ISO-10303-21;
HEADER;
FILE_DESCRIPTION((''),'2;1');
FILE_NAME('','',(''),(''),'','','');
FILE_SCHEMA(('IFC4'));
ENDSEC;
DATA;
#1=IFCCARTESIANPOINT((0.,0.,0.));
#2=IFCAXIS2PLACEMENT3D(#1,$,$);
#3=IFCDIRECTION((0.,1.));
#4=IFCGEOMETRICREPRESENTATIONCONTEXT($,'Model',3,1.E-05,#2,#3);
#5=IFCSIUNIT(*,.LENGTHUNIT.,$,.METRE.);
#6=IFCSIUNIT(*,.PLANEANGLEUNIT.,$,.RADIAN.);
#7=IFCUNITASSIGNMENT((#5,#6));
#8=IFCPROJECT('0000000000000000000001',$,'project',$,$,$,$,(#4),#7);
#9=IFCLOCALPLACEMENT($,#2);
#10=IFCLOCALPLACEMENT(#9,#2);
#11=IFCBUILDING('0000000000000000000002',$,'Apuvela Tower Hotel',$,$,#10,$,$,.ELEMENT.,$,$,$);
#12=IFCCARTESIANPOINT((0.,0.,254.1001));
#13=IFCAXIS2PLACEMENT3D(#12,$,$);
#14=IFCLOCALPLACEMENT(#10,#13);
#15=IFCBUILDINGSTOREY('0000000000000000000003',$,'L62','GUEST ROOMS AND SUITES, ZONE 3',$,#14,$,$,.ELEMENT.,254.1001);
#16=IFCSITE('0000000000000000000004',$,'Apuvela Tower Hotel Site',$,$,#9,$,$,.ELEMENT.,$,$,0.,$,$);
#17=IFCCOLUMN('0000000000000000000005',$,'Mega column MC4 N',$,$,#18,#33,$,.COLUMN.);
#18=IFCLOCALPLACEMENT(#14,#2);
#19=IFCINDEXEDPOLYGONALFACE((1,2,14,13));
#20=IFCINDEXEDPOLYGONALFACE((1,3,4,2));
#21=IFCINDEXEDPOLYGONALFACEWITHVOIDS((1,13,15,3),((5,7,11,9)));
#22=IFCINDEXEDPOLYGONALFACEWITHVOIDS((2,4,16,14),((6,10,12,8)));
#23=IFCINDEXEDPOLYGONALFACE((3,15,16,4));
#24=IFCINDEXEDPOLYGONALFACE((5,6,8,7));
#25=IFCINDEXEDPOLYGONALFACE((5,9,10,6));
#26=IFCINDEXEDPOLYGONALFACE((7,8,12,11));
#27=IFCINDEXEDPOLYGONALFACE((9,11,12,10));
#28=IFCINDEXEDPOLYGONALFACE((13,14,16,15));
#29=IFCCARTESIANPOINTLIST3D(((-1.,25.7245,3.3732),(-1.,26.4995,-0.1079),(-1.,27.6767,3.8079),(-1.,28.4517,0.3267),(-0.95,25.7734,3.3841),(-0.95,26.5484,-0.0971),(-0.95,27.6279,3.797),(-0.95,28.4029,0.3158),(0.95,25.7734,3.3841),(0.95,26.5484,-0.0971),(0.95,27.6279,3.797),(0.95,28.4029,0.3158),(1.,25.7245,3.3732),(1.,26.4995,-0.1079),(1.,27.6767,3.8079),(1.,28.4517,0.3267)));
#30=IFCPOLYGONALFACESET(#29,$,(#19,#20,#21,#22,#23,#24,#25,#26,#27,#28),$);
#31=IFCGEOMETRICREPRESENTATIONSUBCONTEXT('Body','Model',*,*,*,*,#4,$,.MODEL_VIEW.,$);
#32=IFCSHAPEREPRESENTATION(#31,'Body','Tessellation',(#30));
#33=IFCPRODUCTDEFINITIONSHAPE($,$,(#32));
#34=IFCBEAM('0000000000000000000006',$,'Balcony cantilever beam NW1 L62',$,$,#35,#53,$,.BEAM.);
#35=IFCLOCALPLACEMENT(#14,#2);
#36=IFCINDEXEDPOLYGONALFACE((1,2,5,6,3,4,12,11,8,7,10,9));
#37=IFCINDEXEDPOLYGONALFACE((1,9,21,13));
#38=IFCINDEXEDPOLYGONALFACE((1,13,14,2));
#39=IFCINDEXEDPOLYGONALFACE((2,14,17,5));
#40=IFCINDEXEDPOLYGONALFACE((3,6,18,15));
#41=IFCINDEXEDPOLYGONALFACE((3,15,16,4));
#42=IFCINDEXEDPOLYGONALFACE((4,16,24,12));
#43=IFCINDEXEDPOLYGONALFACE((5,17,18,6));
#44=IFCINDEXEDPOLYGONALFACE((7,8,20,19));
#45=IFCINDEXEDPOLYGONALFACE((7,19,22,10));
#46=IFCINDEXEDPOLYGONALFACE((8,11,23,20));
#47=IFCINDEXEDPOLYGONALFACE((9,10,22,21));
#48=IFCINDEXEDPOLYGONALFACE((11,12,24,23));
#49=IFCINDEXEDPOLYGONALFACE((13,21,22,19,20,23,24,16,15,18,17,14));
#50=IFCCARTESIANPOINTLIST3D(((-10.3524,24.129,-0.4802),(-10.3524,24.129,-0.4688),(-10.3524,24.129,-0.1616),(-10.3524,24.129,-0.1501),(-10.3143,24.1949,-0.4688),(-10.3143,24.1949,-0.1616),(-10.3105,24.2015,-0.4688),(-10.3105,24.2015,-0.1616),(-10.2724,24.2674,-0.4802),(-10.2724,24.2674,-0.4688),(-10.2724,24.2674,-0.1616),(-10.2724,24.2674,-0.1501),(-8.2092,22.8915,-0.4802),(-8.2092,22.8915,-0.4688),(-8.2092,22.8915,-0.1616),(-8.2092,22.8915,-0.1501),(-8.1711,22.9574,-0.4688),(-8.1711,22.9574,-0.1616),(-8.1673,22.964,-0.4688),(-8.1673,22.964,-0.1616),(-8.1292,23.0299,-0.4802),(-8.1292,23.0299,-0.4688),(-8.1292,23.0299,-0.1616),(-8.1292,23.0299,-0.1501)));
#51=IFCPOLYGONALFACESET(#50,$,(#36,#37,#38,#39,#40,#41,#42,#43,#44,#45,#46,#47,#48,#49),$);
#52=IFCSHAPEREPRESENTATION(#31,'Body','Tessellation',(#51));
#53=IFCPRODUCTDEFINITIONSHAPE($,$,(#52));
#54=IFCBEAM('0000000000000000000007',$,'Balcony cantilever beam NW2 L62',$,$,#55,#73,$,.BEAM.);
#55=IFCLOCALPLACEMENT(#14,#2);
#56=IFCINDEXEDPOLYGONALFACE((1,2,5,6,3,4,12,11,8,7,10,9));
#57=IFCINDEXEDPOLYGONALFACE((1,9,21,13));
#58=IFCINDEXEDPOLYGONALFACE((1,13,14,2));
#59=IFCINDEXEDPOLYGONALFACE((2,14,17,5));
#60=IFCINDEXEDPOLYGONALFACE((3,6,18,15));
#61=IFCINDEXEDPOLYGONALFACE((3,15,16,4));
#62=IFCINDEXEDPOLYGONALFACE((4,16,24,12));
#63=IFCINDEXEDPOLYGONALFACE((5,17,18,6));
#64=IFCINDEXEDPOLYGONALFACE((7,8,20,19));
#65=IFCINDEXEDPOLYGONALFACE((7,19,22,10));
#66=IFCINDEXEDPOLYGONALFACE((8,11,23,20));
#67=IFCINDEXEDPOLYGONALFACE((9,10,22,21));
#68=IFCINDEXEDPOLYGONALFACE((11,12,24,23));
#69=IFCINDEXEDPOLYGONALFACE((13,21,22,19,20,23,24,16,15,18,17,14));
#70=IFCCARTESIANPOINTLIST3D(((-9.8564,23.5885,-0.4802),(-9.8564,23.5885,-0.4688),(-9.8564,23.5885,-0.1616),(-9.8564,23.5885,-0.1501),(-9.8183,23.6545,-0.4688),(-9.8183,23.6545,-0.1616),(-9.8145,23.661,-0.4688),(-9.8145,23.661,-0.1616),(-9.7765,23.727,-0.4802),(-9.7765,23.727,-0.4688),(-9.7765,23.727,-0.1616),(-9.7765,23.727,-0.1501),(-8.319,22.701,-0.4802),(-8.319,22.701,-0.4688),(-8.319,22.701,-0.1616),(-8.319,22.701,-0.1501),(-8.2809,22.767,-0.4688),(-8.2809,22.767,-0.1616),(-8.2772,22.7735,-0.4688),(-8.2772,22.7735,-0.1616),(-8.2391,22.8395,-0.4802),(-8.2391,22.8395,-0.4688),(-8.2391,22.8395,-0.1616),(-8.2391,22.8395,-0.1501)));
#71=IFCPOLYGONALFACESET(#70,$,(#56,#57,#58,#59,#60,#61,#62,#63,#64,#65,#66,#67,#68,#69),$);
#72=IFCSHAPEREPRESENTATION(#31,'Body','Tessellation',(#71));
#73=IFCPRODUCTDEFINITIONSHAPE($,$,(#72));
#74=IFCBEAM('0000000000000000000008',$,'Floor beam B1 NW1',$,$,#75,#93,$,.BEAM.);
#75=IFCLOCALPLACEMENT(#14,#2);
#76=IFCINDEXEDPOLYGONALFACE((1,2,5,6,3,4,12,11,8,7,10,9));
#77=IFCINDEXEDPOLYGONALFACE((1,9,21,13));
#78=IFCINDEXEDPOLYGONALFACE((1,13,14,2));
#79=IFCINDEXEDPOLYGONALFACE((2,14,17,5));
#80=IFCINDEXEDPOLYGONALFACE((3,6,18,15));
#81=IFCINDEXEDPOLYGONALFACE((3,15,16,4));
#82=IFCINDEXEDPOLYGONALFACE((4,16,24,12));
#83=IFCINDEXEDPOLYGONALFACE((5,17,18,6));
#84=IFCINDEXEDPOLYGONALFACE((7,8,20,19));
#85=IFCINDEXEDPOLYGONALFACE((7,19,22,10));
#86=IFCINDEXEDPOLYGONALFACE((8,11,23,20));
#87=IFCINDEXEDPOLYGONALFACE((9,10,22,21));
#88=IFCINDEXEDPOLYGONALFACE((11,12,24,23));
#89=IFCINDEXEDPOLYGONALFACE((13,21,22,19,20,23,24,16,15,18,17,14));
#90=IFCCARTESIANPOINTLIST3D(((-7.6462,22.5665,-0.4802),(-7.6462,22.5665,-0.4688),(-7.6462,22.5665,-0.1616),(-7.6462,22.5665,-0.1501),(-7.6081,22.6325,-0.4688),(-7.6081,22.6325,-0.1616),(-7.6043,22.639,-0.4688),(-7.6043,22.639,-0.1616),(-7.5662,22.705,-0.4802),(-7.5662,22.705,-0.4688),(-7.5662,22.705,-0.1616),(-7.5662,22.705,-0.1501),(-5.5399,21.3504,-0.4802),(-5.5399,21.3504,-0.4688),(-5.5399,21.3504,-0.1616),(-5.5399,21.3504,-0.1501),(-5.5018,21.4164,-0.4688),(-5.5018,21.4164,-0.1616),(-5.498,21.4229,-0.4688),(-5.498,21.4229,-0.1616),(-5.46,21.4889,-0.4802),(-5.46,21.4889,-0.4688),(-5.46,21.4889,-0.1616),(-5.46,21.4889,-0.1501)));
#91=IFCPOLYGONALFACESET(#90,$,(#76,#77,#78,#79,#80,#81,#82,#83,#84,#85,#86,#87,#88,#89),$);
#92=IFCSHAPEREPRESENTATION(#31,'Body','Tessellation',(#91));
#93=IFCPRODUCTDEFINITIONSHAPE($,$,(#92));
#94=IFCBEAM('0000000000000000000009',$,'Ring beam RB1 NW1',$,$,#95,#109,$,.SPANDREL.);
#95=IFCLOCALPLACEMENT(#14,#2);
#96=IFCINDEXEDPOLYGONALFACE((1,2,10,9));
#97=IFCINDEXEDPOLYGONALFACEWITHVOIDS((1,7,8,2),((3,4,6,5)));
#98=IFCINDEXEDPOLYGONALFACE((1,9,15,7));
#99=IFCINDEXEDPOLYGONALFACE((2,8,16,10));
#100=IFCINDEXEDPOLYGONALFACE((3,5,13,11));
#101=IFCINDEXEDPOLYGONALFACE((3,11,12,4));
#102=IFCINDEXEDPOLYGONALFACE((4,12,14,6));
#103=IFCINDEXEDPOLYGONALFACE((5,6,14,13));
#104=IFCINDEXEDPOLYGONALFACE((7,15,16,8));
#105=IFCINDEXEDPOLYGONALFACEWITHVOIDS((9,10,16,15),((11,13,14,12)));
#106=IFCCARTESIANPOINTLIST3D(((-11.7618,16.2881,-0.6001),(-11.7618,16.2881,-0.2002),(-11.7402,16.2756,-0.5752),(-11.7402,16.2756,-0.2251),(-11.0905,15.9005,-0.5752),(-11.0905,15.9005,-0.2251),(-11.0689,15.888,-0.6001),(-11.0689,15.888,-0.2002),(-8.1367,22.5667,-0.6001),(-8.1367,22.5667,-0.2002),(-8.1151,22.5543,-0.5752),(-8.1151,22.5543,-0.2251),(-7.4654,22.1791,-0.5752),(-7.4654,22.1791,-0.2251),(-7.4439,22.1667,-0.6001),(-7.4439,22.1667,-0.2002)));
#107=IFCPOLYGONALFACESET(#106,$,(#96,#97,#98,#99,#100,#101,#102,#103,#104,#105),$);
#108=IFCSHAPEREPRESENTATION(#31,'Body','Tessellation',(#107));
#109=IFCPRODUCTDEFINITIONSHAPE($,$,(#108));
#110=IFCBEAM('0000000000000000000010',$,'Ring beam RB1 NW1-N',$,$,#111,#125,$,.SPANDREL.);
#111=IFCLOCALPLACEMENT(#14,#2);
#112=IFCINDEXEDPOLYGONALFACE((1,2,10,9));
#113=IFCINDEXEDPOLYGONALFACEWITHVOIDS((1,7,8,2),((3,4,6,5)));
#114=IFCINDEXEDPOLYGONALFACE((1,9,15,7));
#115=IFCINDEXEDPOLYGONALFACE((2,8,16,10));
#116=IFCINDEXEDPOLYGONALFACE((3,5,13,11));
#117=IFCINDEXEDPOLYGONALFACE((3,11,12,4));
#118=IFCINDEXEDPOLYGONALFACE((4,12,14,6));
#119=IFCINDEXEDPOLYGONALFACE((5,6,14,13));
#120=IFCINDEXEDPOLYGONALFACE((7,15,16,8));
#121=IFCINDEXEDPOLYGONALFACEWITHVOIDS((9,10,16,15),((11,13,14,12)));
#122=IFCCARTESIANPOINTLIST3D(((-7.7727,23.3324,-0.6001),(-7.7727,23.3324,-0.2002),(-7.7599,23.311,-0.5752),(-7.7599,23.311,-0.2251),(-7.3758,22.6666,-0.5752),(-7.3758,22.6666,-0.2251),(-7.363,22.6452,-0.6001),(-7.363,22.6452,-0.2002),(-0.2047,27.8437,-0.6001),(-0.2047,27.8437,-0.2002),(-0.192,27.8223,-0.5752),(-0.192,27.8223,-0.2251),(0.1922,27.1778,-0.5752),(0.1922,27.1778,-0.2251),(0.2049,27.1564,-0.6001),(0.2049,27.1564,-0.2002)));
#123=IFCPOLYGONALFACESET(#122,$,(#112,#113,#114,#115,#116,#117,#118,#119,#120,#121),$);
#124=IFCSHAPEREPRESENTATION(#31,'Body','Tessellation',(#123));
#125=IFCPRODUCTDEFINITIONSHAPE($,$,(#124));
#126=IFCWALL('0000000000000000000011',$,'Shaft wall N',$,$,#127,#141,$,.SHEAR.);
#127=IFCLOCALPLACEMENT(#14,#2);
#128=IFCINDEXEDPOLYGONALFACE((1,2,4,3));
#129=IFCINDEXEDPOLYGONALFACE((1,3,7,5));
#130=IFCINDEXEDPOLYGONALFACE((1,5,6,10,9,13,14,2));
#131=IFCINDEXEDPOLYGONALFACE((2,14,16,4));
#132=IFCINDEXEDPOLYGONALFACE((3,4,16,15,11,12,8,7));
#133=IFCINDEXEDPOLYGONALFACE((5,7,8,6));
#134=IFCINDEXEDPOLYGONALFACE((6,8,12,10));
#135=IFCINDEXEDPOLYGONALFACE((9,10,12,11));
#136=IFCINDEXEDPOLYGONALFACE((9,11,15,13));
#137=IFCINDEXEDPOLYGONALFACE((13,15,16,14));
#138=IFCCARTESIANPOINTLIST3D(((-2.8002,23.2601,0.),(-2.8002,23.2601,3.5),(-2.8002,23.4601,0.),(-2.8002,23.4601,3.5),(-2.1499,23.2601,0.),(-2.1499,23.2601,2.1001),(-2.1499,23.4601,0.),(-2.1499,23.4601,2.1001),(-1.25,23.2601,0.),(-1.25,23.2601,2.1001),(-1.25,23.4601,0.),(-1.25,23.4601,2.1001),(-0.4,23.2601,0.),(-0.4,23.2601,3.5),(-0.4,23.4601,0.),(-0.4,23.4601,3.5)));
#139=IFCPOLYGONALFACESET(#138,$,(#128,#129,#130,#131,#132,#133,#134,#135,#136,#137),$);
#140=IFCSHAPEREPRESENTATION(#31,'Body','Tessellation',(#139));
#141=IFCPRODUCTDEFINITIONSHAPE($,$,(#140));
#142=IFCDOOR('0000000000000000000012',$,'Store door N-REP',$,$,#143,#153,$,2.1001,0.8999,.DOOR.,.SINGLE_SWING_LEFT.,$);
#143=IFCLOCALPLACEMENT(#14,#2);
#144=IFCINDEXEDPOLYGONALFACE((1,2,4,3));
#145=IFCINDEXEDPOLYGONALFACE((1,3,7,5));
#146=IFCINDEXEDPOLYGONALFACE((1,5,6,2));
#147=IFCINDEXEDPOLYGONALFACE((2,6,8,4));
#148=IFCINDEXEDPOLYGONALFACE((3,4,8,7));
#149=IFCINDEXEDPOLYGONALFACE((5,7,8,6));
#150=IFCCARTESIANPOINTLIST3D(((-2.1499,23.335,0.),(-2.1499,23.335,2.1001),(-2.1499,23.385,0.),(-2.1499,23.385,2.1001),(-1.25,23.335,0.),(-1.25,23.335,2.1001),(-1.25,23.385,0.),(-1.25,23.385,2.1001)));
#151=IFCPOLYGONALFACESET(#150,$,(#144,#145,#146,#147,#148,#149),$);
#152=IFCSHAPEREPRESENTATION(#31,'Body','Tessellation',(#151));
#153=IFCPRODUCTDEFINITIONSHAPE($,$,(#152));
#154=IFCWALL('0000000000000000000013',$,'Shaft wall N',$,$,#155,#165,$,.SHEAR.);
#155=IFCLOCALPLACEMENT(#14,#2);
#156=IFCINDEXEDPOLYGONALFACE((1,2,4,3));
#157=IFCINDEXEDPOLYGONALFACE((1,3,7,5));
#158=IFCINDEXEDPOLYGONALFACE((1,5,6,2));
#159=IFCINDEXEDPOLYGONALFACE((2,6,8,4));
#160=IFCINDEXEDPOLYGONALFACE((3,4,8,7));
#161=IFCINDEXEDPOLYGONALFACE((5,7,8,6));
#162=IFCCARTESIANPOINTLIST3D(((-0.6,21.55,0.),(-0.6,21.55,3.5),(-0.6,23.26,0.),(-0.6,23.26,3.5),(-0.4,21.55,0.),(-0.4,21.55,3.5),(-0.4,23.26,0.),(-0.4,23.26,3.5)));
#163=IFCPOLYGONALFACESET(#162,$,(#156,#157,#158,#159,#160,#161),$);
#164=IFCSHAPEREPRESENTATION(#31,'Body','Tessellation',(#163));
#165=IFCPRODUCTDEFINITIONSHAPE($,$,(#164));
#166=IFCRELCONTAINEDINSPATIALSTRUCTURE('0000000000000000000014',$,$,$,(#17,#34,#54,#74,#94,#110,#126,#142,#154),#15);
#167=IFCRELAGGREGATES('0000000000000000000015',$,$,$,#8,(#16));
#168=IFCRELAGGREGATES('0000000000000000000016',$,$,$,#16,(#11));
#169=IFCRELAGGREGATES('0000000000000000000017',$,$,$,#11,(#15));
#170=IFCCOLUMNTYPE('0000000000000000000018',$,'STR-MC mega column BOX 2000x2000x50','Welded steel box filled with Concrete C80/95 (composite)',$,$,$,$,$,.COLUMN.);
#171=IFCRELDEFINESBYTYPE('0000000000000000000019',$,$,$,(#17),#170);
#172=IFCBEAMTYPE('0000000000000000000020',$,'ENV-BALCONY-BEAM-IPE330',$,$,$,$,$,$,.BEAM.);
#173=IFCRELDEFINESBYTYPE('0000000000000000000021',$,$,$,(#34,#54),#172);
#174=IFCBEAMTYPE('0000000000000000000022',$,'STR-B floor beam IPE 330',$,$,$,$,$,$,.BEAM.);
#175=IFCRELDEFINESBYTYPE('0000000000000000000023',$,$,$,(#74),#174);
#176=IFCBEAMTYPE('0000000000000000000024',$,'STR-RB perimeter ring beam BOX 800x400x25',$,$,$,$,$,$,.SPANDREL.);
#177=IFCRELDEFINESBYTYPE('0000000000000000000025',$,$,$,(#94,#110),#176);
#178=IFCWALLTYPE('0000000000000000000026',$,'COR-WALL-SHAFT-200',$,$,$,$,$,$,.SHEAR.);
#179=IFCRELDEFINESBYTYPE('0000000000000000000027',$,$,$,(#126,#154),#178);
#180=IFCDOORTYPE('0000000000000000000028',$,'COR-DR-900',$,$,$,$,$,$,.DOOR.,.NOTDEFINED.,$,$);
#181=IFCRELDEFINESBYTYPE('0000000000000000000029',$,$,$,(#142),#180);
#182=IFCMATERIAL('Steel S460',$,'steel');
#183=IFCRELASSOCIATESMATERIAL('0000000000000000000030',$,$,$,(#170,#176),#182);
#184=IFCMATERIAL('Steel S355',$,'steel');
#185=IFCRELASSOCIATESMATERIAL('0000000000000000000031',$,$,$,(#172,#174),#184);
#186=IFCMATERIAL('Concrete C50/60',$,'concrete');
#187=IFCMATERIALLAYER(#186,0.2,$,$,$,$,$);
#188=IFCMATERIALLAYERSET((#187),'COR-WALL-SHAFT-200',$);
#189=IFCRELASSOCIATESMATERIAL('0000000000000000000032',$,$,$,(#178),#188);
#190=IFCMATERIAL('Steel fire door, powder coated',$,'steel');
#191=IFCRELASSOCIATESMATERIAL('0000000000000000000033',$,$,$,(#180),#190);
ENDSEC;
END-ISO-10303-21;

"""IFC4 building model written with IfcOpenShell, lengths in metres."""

from ifc_helpers import new_model, si_unit, direction, frame, frame_2d, origin, origin_2d, place, context, subcontext, project, spatial, rectangle, hollow_rectangle, i_section, extrude, boolean, halfspace, material, layer, layer_set, material_profile, profile_set, type_object, element, fill, save


model = new_model("IFC4")

# Units and contexts
model_context = context("Model", 3, precision=1e-05, world=origin(), true_north=direction((0.0, 1.0)))
body_context = subcontext(model_context, "Body", "Model", "MODEL_VIEW")
ifc_project = project(units=[si_unit("LENGTHUNIT", "METRE"), si_unit("PLANEANGLEUNIT", "RADIAN")], contexts=[model_context])

# Site, building, storey
site_placement = place(None, origin())
site = spatial("IfcSite", under=ifc_project, at=site_placement, Name="Apuvela Tower Hotel Site", CompositionType="ELEMENT", RefElevation=0.0)
building_placement = place(site_placement, origin())
building = spatial("IfcBuilding", under=site, at=building_placement, Name="Apuvela Tower Hotel", CompositionType="ELEMENT")
storey_placement = place(building_placement, frame((0.0, 0.0, 254.1001)))
storey = spatial("IfcBuildingStorey", under=building, at=storey_placement, Name="L62", Description="GUEST ROOMS AND SUITES, ZONE 3", CompositionType="ELEMENT", Elevation=254.1001)

# Column
ifc_material_1 = material(Name="Steel S460", Category="steel")
ifc_material_profile_1 = material_profile(ifc_material_1, hollow_rectangle(XDim=2.0, YDim=2.0, WallThickness=0.05, at=origin_2d()), Name="BOX 2000x2000x50")
ifc_material_2 = material(Name="Concrete C80/95", Category="concrete")
ifc_material_profile_2 = material_profile(ifc_material_2, rectangle(XDim=1.8999, YDim=1.8999, at=origin_2d()), Name="Concrete C80/95 infill")
ifc_profile_set_1 = profile_set([ifc_material_profile_1, ifc_material_profile_2], Name="Steel S460")
column_type_1 = type_object("IfcColumnType", Name="STR-MC mega column BOX 2000x2000x50", Description="Welded steel box filled with Concrete C80/95 (composite)", PredefinedType="COLUMN", material=ifc_profile_set_1)
column_1_placement = place(storey_placement, frame((0.0, 27.5, 0.0), z_axis=(0.0, -0.217312, 0.976102), x_axis=(1.0, 0.0, 0.0)))
element("IfcColumn", 1, at=column_1_placement, inside=storey, type_object=column_type_1, Name="Mega column MC4 N", PredefinedType="COLUMN", context=body_context, shape_type="SweptSolid", body=[
    boolean("DIFFERENCE", boolean("DIFFERENCE", extrude(hollow_rectangle(XDim=2.0, YDim=2.0, WallThickness=0.05, at=origin_2d()), origin(), (0.0, 0.0, 1.0), 3.7905), halfspace(frame((0.0, 0.0, 0.1121), z_axis=(0.0, 0.0, 1.0), x_axis=(1.0, 0.0, 0.0)), True)), halfspace(frame((0.0, 0.0, 3.6785), z_axis=(0.0, 0.0, 1.0), x_axis=(1.0, 0.0, 0.0)), False)),
])

# Beams
ifc_material_3 = material(Name="Steel S355", Category="steel")
ifc_material_profile_3 = material_profile(ifc_material_3, i_section(OverallWidth=0.1599, OverallDepth=0.3301, WebThickness=0.0076, FlangeThickness=0.0115, at=origin_2d()), Name="IPE 330")
ifc_profile_set_2 = profile_set([ifc_material_profile_3], Name="Steel S355")
beam_type_1 = type_object("IfcBeamType", Name="ENV-BALCONY-BEAM-IPE330", PredefinedType="BEAM", material=ifc_profile_set_2)
beam_1_placement = place(storey_placement, frame((-8.1692, 22.9607, -0.3152), z_axis=(-0.866007, 0.500033, 0.0), x_axis=(-0.500033, -0.866007, 0.0)))
element("IfcBeam", 2, at=beam_1_placement, inside=storey, type_object=beam_type_1, Name="Balcony cantilever beam NW1 L62", PredefinedType="BEAM", context=body_context, shape_type="SweptSolid", body=[
    extrude(i_section(OverallWidth=0.1599, OverallDepth=0.3301, WebThickness=0.0076, FlangeThickness=0.0115, at=origin_2d()), origin(), (0.0, 0.0, 1.0), 2.4749),
])
beam_2_placement = place(storey_placement, frame((-8.2791, 22.7703, -0.3152), z_axis=(-0.86606, 0.499941, 0.0), x_axis=(-0.499941, -0.86606, 0.0)))
element("IfcBeam", 3, at=beam_2_placement, inside=storey, type_object=beam_type_1, Name="Balcony cantilever beam NW2 L62", PredefinedType="BEAM", context=body_context, shape_type="SweptSolid", body=[
    extrude(i_section(OverallWidth=0.1599, OverallDepth=0.3301, WebThickness=0.0076, FlangeThickness=0.0115, at=origin_2d()), origin(), (0.0, 0.0, 1.0), 1.7751),
])
ifc_material_profile_4 = material_profile(ifc_material_3, i_section(OverallWidth=0.1599, OverallDepth=0.3301, WebThickness=0.0076, FlangeThickness=0.0115, at=origin_2d()), Name="IPE 330")
ifc_profile_set_3 = profile_set([ifc_material_profile_4], Name="Steel S355")
beam_type_2 = type_object("IfcBeamType", Name="STR-B floor beam IPE 330", PredefinedType="BEAM", material=ifc_profile_set_3)
beam_3_placement = place(storey_placement, frame((-7.6062, 22.6357, -0.3152), z_axis=(0.866017, -0.500015, 0.0), x_axis=(0.500015, 0.866017, 0.0)))
element("IfcBeam", 4, at=beam_3_placement, inside=storey, type_object=beam_type_2, Name="Floor beam B1 NW1", PredefinedType="BEAM", context=body_context, shape_type="SweptSolid", body=[
    extrude(i_section(OverallWidth=0.1599, OverallDepth=0.3301, WebThickness=0.0076, FlangeThickness=0.0115, at=origin_2d()), origin(), (0.0, 0.0, 1.0), 2.4321),
])
ifc_material_profile_5 = material_profile(ifc_material_1, hollow_rectangle(XDim=0.8, YDim=0.3999, WallThickness=0.0249, at=origin_2d()), Name="BOX 800x400x25")
ifc_profile_set_4 = profile_set([ifc_material_profile_5], Name="Steel S460")
beam_type_3 = type_object("IfcBeamType", Name="STR-RB perimeter ring beam BOX 800x400x25", PredefinedType="SPANDREL", material=ifc_profile_set_4)
beam_4_placement = place(storey_placement, frame((-7.7903, 22.3667, -0.4001), z_axis=(-0.500007, -0.866021, 0.0), x_axis=(0.866021, -0.500007, 0.0)))
element("IfcBeam", 5, at=beam_4_placement, inside=storey, type_object=beam_type_3, Name="Ring beam RB1 NW1", PredefinedType="SPANDREL", context=body_context, shape_type="SweptSolid", body=[
    extrude(hollow_rectangle(XDim=0.8, YDim=0.3999, WallThickness=0.0249, at=origin_2d()), origin(), (0.0, 0.0, 1.0), 7.25),
])
beam_5_placement = place(storey_placement, frame((-7.5679, 22.9888, -0.4001), z_axis=(0.858966, 0.512032, 0.0), x_axis=(-0.512032, 0.858966, 0.0)))
element("IfcBeam", 6, at=beam_5_placement, inside=storey, type_object=beam_type_3, Name="Ring beam RB1 NW1-N", PredefinedType="SPANDREL", context=body_context, shape_type="SweptSolid", body=[
    extrude(hollow_rectangle(XDim=0.8, YDim=0.3999, WallThickness=0.0249, at=origin_2d()), origin(), (0.0, 0.0, 1.0), 8.8105),
])

# Wall, opening, door
ifc_material_4 = material(Name="Concrete C50/60", Category="concrete")
ifc_layer_1 = layer(ifc_material_4, 0.2)
ifc_layer_set_1 = layer_set([ifc_layer_1], Name="COR-WALL-SHAFT-200")
wall_type_1 = type_object("IfcWallType", Name="COR-WALL-SHAFT-200", PredefinedType="SHEAR", material=ifc_layer_set_1)
wall_1_placement = place(storey_placement, frame((-0.3999, 23.3601, 0.0), z_axis=(0.0, 0.0, 1.0), x_axis=(-1.0, 0.0, 0.0)))
wall_1 = element("IfcWall", 7, at=wall_1_placement, inside=storey, type_object=wall_type_1, Name="Shaft wall N", PredefinedType="SHEAR", context=body_context, shape_type="SweptSolid", body=[
    extrude(rectangle(XDim=2.4001, YDim=0.2, at=frame_2d((1.2002, 0.0))), origin(), (0.0, 0.0, 1.0), 3.5),
])
opening_1_placement = place(wall_1_placement, frame((0.8501, 0.0, 0.0)))
opening_1 = element("IfcOpeningElement", 8, at=opening_1_placement, cuts=wall_1, PredefinedType="OPENING", context=body_context, shape_type="SweptSolid", body=[
    extrude(rectangle(XDim=0.8999, YDim=2.1001, at=frame_2d((0.45, 1.05))), frame((0.0, 0.1099, 0.0), z_axis=(0.0, -1.0, 0.0), x_axis=(1.0, 0.0, 0.0)), (0.0, 0.0, 1.0), 0.22),
])
ifc_material_5 = material(Name="Steel fire door, powder coated", Category="steel")
door_type_1 = type_object("IfcDoorType", Name="COR-DR-900", OperationType="NOTDEFINED", PredefinedType="DOOR", material=ifc_material_5)
door_1_placement = place(opening_1_placement, frame((0.8999, 0.0, 0.0), z_axis=(0.0, 0.0, 1.0), x_axis=(-1.0, 0.0, 0.0)))
door_1 = element("IfcDoor", 9, at=door_1_placement, inside=storey, type_object=door_type_1, Name="Store door N-REP", OperationType="SINGLE_SWING_LEFT", OverallHeight=2.1001, OverallWidth=0.8999, PredefinedType="DOOR", context=body_context, shape_type="SweptSolid", body=[
    extrude(rectangle(XDim=0.8999, YDim=2.1001, at=frame_2d((0.45, 1.05))), frame((0.0, 0.0249, 0.0), z_axis=(0.0, -1.0, 0.0), x_axis=(1.0, 0.0, 0.0)), (0.0, 0.0, 1.0), 0.05),
])
fill(opening_1, door_1)

# Wall
wall_2_placement = place(storey_placement, frame((-0.5, 21.55, 0.0), z_axis=(0.0, 0.0, 1.0), x_axis=(0.0, 1.0, 0.0)))
element("IfcWall", 10, at=wall_2_placement, inside=storey, type_object=wall_type_1, Name="Shaft wall N", PredefinedType="SHEAR", context=body_context, shape_type="SweptSolid", body=[
    extrude(rectangle(XDim=1.71, YDim=0.2, at=frame_2d((0.855, 0.0))), origin(), (0.0, 0.0, 1.0), 3.5),
])

save(model, "model.ifc")
